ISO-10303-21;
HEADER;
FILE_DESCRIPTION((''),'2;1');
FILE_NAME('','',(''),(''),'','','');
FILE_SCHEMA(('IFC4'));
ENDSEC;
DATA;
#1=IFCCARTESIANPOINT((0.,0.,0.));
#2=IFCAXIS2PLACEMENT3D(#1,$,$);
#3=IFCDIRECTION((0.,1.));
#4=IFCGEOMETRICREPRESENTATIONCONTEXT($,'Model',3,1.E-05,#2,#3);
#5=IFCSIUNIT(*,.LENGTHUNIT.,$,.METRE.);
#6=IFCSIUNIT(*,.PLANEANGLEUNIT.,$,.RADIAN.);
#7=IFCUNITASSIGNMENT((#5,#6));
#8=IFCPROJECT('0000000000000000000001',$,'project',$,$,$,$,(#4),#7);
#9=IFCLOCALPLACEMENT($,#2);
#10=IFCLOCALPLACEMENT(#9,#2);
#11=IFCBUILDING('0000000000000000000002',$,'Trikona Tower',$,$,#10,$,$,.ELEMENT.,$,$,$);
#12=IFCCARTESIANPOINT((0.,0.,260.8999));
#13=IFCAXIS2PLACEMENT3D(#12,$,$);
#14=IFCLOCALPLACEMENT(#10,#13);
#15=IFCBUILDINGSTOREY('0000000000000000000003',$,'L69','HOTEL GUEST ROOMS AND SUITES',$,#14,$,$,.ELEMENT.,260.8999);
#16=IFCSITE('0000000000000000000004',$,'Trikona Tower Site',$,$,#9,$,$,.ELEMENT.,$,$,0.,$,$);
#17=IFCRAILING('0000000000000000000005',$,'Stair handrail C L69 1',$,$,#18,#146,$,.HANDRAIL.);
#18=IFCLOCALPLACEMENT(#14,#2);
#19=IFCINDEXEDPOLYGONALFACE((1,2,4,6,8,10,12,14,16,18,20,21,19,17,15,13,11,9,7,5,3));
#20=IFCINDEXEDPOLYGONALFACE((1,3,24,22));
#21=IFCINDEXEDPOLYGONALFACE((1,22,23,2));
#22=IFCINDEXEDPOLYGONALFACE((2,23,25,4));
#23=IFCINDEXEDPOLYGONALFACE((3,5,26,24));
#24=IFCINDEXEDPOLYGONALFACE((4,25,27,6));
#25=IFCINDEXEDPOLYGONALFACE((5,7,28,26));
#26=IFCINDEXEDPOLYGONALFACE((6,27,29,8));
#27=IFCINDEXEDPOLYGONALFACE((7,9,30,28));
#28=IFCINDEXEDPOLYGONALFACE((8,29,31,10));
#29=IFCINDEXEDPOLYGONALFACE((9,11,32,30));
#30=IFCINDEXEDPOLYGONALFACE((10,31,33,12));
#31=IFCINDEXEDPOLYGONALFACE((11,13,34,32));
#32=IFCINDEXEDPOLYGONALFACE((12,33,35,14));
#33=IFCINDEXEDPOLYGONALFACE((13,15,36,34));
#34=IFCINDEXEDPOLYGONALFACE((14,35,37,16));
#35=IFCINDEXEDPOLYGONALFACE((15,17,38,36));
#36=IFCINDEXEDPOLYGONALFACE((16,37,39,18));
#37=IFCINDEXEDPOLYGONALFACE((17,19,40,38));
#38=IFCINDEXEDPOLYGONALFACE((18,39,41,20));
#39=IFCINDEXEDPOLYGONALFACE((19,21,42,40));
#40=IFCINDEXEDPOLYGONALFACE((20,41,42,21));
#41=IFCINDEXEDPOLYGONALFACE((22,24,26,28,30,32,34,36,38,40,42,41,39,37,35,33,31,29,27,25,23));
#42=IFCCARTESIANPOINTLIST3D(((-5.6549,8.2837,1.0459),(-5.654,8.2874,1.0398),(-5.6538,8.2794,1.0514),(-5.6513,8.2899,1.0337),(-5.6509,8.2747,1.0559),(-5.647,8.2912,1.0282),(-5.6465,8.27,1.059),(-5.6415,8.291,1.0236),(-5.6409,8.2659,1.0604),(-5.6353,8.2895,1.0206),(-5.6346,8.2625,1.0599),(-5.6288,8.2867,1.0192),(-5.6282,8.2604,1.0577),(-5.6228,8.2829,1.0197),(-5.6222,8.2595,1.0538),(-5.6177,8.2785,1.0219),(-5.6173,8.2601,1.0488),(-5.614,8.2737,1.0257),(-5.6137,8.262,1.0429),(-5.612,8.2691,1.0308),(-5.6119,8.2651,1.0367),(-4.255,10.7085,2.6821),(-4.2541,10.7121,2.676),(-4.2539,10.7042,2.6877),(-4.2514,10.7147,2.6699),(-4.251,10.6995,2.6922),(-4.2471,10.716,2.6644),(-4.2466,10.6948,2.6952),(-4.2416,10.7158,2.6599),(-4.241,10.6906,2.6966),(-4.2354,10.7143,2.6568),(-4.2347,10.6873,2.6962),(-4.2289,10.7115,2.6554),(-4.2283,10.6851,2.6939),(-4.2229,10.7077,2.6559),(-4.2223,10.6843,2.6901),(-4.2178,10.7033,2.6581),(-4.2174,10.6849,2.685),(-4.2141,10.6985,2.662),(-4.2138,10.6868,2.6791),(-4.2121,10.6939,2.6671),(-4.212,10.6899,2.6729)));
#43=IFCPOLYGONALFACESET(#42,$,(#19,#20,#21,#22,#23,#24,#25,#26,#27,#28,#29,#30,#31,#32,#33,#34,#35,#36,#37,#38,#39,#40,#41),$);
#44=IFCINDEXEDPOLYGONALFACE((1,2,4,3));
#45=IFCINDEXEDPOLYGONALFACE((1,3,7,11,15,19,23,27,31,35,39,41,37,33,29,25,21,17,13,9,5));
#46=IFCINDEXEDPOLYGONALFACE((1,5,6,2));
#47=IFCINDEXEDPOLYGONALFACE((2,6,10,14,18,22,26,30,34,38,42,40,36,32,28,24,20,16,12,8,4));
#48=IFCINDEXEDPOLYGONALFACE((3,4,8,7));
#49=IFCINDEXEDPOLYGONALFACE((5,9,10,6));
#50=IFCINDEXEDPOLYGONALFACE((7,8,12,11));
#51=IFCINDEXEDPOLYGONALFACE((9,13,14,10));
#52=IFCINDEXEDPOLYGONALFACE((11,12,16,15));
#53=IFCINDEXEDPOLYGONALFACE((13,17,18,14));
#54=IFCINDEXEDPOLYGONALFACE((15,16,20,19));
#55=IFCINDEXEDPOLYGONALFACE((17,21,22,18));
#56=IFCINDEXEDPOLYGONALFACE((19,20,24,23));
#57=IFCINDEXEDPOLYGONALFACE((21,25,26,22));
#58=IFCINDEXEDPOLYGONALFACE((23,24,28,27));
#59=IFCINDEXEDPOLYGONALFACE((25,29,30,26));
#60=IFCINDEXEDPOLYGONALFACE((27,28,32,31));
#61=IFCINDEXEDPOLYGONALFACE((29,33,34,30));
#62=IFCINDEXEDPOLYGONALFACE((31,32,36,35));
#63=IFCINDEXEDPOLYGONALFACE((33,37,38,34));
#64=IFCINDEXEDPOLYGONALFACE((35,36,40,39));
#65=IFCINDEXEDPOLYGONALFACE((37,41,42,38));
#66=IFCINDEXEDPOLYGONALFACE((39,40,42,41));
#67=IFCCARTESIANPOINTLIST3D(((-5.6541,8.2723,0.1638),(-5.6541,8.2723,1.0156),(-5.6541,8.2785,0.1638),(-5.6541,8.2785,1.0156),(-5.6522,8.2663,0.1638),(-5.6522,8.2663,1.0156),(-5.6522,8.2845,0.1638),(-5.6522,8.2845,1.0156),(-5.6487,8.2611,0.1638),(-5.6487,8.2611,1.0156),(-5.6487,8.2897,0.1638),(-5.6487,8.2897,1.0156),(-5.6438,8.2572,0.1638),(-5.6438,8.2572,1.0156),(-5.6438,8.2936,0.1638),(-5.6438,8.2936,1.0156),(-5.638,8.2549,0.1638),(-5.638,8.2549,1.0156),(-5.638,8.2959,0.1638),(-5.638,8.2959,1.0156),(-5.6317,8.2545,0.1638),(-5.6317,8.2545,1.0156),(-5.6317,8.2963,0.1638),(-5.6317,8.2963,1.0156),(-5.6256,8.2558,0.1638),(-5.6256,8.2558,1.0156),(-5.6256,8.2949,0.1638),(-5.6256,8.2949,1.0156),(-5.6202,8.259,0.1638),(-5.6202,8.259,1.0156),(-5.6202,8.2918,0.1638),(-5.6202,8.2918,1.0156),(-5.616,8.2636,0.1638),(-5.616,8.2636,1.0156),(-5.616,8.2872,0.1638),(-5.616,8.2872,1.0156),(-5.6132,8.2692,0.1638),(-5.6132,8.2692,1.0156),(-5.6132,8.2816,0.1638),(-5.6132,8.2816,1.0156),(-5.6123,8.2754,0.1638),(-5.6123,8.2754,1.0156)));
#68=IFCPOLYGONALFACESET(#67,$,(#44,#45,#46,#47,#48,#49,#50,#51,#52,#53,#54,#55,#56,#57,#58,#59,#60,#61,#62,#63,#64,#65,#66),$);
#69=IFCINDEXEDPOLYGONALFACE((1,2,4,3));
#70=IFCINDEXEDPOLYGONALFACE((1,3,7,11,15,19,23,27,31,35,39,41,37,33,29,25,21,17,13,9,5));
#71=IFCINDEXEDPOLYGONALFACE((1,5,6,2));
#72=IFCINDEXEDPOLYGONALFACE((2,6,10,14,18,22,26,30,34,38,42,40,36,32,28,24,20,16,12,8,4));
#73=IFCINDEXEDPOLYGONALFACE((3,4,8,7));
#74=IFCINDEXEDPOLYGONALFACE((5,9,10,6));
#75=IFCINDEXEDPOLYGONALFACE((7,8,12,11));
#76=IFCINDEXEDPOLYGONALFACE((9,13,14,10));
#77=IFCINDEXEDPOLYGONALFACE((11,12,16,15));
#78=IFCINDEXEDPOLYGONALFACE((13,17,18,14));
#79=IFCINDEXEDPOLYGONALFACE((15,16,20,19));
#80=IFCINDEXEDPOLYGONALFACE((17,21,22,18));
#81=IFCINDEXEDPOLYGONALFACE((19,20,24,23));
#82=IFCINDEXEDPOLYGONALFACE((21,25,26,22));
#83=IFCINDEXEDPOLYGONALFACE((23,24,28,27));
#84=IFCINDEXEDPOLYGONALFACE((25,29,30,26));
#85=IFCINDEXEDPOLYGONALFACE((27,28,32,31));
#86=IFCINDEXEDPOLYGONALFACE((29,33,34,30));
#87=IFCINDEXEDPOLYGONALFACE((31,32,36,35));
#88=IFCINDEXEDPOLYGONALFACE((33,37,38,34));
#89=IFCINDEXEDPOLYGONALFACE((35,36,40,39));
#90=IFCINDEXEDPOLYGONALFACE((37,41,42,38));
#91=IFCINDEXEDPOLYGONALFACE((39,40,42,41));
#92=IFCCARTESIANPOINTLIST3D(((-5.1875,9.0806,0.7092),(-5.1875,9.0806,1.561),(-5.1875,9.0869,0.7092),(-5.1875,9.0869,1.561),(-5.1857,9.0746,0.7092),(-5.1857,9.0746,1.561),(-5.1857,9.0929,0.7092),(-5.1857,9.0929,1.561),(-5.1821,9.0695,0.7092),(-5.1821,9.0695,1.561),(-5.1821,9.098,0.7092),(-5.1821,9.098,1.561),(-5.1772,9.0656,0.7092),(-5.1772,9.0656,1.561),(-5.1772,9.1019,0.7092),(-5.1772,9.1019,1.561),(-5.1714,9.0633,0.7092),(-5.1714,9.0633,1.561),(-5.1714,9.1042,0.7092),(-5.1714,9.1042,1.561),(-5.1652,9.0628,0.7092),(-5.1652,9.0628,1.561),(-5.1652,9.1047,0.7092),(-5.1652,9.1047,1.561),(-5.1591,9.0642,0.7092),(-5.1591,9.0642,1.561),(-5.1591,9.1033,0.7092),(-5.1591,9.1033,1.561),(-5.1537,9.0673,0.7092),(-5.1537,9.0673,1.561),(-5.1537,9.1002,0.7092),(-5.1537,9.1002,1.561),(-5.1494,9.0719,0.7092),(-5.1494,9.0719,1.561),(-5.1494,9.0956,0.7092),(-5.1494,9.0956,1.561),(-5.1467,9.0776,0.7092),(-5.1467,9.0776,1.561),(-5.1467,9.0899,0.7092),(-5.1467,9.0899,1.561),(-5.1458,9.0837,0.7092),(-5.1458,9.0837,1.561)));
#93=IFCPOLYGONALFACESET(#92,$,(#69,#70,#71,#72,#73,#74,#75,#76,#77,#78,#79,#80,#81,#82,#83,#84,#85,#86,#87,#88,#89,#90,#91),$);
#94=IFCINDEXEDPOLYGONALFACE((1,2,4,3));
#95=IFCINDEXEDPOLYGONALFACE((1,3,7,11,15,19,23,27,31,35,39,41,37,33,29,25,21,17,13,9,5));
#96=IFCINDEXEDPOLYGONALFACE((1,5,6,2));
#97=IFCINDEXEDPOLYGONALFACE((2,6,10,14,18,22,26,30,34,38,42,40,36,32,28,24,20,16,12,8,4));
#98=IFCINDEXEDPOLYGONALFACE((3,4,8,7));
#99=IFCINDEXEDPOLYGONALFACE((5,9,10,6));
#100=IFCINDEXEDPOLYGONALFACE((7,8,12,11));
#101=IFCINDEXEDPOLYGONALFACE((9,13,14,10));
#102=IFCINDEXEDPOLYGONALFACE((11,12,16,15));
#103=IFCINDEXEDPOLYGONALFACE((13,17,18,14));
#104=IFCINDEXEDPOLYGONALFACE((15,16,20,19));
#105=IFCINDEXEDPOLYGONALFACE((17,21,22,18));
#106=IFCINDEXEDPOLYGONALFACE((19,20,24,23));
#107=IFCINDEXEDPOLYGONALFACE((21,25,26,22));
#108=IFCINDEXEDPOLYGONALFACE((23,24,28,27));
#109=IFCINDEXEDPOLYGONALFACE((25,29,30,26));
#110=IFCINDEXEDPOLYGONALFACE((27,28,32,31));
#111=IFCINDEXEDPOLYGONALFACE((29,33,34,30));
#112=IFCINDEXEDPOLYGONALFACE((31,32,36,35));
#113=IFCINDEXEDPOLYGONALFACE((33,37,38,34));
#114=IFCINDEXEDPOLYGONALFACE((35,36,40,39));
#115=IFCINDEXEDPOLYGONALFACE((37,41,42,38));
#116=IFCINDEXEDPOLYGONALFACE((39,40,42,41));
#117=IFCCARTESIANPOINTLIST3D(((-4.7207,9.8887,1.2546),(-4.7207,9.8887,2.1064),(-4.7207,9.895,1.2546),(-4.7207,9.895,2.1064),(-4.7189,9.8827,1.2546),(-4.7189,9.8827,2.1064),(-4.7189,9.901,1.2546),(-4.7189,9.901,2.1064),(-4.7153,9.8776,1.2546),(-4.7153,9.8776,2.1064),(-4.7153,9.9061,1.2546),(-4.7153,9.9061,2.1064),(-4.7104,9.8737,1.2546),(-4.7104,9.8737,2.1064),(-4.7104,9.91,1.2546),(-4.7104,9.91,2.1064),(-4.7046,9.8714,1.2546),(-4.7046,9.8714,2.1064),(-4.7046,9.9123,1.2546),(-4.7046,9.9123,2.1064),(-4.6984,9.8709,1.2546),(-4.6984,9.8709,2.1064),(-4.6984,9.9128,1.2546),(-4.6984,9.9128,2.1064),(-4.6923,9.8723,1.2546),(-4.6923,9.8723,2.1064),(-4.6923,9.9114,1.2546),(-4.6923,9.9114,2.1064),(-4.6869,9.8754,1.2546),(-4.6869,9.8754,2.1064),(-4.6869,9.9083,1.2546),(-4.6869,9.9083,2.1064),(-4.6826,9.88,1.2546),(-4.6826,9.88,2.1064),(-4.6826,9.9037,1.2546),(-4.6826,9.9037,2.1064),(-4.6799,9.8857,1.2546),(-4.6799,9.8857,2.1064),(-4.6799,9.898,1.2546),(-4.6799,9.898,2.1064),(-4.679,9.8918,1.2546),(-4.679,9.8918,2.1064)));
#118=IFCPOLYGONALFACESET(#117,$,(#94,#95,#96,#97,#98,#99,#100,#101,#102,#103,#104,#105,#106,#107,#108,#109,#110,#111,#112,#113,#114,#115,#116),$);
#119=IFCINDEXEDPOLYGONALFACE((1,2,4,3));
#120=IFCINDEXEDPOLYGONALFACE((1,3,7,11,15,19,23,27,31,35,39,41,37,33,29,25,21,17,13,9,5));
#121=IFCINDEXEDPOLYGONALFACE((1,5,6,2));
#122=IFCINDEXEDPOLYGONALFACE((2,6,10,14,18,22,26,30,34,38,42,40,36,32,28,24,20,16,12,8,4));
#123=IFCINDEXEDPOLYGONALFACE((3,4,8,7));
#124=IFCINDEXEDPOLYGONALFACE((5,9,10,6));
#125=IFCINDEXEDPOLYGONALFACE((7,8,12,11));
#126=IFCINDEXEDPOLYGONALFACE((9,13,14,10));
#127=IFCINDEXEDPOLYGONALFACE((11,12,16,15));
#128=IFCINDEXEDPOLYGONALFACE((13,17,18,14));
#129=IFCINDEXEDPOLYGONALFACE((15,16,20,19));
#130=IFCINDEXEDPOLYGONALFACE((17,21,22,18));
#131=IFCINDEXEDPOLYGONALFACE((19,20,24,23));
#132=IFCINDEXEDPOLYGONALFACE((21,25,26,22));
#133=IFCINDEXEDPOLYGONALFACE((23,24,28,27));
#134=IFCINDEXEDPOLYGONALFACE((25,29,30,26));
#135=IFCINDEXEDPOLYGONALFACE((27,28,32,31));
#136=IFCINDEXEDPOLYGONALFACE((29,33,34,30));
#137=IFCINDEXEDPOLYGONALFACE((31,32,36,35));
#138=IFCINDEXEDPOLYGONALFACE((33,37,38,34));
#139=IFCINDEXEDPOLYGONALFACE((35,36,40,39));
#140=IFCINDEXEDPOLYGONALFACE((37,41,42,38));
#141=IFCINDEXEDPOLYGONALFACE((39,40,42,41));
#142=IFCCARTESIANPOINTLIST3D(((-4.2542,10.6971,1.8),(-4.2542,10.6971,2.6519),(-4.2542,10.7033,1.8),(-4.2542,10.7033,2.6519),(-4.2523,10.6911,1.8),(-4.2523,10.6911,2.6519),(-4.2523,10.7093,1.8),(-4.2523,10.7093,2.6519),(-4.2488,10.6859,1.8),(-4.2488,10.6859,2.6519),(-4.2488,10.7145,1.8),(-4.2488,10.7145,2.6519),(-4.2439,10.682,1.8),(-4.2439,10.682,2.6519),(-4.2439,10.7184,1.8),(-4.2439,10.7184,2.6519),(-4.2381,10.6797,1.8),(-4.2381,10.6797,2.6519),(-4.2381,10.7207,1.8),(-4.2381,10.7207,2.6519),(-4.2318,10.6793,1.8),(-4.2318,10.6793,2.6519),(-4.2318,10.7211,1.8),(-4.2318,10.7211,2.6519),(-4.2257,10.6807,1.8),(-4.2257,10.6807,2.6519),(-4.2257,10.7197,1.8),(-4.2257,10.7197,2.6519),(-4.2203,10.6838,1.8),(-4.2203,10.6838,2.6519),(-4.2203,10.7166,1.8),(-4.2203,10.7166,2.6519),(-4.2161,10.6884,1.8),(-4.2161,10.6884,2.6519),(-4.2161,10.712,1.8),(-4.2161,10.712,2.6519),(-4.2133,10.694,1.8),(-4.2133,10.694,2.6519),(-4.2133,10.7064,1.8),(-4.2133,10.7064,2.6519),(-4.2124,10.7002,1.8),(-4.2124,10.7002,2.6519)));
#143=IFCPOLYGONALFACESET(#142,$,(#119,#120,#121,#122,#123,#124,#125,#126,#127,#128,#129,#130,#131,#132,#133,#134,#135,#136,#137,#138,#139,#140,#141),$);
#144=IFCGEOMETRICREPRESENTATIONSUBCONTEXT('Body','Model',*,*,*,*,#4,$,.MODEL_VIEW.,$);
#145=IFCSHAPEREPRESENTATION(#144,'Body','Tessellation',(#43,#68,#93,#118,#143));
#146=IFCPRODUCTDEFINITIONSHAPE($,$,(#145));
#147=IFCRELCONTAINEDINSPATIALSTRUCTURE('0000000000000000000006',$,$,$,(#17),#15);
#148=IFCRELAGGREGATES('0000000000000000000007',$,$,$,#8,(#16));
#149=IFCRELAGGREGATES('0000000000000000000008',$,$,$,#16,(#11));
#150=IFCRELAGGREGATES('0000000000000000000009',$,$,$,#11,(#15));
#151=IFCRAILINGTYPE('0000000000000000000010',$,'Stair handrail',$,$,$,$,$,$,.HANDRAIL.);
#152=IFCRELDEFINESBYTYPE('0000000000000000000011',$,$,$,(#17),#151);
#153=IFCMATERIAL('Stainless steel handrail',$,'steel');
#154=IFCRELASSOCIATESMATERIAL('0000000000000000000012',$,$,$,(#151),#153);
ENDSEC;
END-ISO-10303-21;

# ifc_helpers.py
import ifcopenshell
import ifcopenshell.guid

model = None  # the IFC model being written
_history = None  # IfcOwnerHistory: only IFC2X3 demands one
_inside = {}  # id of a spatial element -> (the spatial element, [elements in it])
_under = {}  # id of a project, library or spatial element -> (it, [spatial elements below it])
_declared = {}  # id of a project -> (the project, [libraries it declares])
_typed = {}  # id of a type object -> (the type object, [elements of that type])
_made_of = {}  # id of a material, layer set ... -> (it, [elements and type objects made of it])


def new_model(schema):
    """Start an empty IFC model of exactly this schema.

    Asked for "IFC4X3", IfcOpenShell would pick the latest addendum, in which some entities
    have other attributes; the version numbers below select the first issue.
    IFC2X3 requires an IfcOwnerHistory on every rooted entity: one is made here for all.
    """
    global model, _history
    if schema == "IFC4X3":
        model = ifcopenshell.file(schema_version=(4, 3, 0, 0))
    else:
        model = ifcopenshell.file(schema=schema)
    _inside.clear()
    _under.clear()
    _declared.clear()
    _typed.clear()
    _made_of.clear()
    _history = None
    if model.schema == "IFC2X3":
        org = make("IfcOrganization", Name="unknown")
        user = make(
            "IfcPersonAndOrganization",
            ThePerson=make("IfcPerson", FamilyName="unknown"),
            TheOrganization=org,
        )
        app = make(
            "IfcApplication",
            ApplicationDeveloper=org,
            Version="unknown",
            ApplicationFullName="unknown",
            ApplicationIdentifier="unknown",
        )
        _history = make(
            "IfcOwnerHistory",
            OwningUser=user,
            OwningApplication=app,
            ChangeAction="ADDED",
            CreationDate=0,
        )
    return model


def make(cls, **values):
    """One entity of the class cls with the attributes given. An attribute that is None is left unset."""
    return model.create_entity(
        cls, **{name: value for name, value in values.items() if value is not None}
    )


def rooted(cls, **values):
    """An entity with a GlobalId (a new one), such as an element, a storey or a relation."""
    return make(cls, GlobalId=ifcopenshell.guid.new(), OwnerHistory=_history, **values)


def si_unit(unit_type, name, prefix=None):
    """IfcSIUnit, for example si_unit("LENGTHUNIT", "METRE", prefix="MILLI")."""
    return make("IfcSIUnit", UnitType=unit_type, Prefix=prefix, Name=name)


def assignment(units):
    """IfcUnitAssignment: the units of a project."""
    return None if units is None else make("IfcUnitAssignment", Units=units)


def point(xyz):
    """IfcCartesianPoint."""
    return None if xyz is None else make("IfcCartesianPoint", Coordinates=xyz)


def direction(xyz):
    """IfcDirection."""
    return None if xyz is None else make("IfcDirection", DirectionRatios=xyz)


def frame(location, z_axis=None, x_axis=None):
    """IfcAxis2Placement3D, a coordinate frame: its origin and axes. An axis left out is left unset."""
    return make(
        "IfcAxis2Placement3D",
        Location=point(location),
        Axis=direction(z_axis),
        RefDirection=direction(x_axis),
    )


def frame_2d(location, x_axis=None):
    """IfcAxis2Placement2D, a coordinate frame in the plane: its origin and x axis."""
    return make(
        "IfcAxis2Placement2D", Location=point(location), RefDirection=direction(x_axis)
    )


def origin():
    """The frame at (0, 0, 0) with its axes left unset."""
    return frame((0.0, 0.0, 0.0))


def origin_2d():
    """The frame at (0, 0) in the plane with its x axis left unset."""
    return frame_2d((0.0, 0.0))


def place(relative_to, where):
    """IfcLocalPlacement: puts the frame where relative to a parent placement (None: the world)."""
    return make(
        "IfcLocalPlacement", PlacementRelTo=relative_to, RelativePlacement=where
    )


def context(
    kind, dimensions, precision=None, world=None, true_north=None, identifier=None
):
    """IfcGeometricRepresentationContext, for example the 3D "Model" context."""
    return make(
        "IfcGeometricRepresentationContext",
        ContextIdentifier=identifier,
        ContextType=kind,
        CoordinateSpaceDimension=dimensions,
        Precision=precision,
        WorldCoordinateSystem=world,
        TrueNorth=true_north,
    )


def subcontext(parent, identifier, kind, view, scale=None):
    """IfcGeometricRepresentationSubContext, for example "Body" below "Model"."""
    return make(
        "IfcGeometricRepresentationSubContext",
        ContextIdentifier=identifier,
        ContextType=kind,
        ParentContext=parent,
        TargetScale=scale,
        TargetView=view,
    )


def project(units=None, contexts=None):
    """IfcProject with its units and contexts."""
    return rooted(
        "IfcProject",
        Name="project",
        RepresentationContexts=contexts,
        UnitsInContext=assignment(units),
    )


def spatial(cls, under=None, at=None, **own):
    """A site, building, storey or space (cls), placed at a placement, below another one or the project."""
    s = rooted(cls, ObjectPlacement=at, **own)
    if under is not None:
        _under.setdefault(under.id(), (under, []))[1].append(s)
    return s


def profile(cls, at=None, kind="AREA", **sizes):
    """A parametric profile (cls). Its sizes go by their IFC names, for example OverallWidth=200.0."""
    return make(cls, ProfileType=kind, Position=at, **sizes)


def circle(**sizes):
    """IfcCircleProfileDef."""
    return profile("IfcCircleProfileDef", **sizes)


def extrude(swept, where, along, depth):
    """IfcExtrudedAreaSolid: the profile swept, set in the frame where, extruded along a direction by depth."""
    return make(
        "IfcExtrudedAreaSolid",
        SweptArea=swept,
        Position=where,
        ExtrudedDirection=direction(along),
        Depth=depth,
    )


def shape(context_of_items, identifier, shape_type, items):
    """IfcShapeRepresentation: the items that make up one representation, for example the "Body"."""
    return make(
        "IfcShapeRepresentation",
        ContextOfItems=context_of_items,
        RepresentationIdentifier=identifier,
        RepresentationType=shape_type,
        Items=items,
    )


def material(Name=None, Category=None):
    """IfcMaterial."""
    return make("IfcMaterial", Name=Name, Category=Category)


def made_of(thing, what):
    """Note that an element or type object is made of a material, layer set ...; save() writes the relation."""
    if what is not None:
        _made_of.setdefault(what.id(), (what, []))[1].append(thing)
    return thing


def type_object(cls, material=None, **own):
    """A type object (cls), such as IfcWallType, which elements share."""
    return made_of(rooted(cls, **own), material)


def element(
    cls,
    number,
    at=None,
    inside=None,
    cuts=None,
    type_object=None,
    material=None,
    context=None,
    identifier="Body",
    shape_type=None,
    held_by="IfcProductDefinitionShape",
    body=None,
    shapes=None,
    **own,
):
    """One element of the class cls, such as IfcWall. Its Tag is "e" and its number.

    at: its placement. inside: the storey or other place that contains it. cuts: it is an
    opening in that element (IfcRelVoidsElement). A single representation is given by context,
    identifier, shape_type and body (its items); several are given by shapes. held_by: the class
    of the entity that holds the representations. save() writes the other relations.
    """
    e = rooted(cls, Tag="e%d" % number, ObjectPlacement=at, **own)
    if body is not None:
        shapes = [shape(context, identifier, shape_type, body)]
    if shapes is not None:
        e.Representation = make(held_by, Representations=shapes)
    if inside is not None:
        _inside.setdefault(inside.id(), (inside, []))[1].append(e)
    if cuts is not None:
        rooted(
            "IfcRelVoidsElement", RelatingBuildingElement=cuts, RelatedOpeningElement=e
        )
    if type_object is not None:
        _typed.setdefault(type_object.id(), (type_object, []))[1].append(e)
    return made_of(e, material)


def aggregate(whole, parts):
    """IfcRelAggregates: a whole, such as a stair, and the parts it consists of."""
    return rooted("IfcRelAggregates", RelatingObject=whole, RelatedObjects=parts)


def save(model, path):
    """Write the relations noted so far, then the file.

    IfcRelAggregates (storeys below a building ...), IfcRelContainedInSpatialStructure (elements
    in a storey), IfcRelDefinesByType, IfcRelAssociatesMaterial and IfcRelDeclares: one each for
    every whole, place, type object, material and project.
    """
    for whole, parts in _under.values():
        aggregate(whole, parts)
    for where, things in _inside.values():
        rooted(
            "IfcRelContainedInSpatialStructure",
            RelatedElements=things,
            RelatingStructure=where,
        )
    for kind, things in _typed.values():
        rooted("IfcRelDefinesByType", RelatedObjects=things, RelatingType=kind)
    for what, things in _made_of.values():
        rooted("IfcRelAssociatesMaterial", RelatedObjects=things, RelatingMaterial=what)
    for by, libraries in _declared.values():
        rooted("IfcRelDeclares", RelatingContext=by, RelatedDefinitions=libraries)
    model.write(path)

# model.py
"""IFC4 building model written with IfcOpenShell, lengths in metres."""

from ifc_helpers import new_model, si_unit, direction, frame, origin, origin_2d, place, context, subcontext, project, spatial, circle, extrude, material, type_object, element, save


model = new_model("IFC4")

# Units and contexts
model_context = context("Model", 3, precision=1e-05, world=origin(), true_north=direction((0.0, 1.0)))
body_context = subcontext(model_context, "Body", "Model", "MODEL_VIEW")
ifc_project = project(units=[si_unit("LENGTHUNIT", "METRE"), si_unit("PLANEANGLEUNIT", "RADIAN")], contexts=[model_context])

# Site, building, storey
site_placement = place(None, origin())
site = spatial("IfcSite", under=ifc_project, at=site_placement, Name="Trikona Tower Site", CompositionType="ELEMENT", RefElevation=0.0)
building_placement = place(site_placement, origin())
building = spatial("IfcBuilding", under=site, at=building_placement, Name="Trikona Tower", CompositionType="ELEMENT")
storey_placement = place(building_placement, frame((0.0, 0.0, 260.8999)))
storey = spatial("IfcBuildingStorey", under=building, at=storey_placement, Name="L69", Description="HOTEL GUEST ROOMS AND SUITES", CompositionType="ELEMENT", Elevation=260.8999)

# Railing
ifc_material_1 = material(Name="Stainless steel handrail", Category="steel")
railing_type = type_object("IfcRailingType", Name="Stair handrail", PredefinedType="HANDRAIL", material=ifc_material_1)
railing_1_placement = place(storey_placement, frame((-5.6333, 8.2754, 0.1638)))
element("IfcRailing", 1, at=railing_1_placement, inside=storey, type_object=railing_type, Name="Stair handrail C L69 1", PredefinedType="HANDRAIL", context=body_context, shape_type="SweptSolid", body=[
    extrude(circle(Radius=0.0239, at=origin_2d()), frame((0.0, 0.0, 0.876), z_axis=(0.431677, 0.747718, 0.504552), x_axis=(-0.866035, 0.499984, 0.0)), (0.0, 0.0, 1.0), 3.2429),
    extrude(circle(Radius=0.021, at=origin_2d()), origin(), (0.0, 0.0, 1.0), 0.8518),
    extrude(circle(Radius=0.021, at=origin_2d()), frame((0.4666, 0.8083, 0.5454)), (0.0, 0.0, 1.0), 0.8518),
    extrude(circle(Radius=0.021, at=origin_2d()), frame((0.9333, 1.6165, 1.0908)), (0.0, 0.0, 1.0), 0.8518),
    extrude(circle(Radius=0.021, at=origin_2d()), frame((1.3999, 2.4248, 1.6362)), (0.0, 0.0, 1.0), 0.8518),
])

save(model, "model.ifc")
